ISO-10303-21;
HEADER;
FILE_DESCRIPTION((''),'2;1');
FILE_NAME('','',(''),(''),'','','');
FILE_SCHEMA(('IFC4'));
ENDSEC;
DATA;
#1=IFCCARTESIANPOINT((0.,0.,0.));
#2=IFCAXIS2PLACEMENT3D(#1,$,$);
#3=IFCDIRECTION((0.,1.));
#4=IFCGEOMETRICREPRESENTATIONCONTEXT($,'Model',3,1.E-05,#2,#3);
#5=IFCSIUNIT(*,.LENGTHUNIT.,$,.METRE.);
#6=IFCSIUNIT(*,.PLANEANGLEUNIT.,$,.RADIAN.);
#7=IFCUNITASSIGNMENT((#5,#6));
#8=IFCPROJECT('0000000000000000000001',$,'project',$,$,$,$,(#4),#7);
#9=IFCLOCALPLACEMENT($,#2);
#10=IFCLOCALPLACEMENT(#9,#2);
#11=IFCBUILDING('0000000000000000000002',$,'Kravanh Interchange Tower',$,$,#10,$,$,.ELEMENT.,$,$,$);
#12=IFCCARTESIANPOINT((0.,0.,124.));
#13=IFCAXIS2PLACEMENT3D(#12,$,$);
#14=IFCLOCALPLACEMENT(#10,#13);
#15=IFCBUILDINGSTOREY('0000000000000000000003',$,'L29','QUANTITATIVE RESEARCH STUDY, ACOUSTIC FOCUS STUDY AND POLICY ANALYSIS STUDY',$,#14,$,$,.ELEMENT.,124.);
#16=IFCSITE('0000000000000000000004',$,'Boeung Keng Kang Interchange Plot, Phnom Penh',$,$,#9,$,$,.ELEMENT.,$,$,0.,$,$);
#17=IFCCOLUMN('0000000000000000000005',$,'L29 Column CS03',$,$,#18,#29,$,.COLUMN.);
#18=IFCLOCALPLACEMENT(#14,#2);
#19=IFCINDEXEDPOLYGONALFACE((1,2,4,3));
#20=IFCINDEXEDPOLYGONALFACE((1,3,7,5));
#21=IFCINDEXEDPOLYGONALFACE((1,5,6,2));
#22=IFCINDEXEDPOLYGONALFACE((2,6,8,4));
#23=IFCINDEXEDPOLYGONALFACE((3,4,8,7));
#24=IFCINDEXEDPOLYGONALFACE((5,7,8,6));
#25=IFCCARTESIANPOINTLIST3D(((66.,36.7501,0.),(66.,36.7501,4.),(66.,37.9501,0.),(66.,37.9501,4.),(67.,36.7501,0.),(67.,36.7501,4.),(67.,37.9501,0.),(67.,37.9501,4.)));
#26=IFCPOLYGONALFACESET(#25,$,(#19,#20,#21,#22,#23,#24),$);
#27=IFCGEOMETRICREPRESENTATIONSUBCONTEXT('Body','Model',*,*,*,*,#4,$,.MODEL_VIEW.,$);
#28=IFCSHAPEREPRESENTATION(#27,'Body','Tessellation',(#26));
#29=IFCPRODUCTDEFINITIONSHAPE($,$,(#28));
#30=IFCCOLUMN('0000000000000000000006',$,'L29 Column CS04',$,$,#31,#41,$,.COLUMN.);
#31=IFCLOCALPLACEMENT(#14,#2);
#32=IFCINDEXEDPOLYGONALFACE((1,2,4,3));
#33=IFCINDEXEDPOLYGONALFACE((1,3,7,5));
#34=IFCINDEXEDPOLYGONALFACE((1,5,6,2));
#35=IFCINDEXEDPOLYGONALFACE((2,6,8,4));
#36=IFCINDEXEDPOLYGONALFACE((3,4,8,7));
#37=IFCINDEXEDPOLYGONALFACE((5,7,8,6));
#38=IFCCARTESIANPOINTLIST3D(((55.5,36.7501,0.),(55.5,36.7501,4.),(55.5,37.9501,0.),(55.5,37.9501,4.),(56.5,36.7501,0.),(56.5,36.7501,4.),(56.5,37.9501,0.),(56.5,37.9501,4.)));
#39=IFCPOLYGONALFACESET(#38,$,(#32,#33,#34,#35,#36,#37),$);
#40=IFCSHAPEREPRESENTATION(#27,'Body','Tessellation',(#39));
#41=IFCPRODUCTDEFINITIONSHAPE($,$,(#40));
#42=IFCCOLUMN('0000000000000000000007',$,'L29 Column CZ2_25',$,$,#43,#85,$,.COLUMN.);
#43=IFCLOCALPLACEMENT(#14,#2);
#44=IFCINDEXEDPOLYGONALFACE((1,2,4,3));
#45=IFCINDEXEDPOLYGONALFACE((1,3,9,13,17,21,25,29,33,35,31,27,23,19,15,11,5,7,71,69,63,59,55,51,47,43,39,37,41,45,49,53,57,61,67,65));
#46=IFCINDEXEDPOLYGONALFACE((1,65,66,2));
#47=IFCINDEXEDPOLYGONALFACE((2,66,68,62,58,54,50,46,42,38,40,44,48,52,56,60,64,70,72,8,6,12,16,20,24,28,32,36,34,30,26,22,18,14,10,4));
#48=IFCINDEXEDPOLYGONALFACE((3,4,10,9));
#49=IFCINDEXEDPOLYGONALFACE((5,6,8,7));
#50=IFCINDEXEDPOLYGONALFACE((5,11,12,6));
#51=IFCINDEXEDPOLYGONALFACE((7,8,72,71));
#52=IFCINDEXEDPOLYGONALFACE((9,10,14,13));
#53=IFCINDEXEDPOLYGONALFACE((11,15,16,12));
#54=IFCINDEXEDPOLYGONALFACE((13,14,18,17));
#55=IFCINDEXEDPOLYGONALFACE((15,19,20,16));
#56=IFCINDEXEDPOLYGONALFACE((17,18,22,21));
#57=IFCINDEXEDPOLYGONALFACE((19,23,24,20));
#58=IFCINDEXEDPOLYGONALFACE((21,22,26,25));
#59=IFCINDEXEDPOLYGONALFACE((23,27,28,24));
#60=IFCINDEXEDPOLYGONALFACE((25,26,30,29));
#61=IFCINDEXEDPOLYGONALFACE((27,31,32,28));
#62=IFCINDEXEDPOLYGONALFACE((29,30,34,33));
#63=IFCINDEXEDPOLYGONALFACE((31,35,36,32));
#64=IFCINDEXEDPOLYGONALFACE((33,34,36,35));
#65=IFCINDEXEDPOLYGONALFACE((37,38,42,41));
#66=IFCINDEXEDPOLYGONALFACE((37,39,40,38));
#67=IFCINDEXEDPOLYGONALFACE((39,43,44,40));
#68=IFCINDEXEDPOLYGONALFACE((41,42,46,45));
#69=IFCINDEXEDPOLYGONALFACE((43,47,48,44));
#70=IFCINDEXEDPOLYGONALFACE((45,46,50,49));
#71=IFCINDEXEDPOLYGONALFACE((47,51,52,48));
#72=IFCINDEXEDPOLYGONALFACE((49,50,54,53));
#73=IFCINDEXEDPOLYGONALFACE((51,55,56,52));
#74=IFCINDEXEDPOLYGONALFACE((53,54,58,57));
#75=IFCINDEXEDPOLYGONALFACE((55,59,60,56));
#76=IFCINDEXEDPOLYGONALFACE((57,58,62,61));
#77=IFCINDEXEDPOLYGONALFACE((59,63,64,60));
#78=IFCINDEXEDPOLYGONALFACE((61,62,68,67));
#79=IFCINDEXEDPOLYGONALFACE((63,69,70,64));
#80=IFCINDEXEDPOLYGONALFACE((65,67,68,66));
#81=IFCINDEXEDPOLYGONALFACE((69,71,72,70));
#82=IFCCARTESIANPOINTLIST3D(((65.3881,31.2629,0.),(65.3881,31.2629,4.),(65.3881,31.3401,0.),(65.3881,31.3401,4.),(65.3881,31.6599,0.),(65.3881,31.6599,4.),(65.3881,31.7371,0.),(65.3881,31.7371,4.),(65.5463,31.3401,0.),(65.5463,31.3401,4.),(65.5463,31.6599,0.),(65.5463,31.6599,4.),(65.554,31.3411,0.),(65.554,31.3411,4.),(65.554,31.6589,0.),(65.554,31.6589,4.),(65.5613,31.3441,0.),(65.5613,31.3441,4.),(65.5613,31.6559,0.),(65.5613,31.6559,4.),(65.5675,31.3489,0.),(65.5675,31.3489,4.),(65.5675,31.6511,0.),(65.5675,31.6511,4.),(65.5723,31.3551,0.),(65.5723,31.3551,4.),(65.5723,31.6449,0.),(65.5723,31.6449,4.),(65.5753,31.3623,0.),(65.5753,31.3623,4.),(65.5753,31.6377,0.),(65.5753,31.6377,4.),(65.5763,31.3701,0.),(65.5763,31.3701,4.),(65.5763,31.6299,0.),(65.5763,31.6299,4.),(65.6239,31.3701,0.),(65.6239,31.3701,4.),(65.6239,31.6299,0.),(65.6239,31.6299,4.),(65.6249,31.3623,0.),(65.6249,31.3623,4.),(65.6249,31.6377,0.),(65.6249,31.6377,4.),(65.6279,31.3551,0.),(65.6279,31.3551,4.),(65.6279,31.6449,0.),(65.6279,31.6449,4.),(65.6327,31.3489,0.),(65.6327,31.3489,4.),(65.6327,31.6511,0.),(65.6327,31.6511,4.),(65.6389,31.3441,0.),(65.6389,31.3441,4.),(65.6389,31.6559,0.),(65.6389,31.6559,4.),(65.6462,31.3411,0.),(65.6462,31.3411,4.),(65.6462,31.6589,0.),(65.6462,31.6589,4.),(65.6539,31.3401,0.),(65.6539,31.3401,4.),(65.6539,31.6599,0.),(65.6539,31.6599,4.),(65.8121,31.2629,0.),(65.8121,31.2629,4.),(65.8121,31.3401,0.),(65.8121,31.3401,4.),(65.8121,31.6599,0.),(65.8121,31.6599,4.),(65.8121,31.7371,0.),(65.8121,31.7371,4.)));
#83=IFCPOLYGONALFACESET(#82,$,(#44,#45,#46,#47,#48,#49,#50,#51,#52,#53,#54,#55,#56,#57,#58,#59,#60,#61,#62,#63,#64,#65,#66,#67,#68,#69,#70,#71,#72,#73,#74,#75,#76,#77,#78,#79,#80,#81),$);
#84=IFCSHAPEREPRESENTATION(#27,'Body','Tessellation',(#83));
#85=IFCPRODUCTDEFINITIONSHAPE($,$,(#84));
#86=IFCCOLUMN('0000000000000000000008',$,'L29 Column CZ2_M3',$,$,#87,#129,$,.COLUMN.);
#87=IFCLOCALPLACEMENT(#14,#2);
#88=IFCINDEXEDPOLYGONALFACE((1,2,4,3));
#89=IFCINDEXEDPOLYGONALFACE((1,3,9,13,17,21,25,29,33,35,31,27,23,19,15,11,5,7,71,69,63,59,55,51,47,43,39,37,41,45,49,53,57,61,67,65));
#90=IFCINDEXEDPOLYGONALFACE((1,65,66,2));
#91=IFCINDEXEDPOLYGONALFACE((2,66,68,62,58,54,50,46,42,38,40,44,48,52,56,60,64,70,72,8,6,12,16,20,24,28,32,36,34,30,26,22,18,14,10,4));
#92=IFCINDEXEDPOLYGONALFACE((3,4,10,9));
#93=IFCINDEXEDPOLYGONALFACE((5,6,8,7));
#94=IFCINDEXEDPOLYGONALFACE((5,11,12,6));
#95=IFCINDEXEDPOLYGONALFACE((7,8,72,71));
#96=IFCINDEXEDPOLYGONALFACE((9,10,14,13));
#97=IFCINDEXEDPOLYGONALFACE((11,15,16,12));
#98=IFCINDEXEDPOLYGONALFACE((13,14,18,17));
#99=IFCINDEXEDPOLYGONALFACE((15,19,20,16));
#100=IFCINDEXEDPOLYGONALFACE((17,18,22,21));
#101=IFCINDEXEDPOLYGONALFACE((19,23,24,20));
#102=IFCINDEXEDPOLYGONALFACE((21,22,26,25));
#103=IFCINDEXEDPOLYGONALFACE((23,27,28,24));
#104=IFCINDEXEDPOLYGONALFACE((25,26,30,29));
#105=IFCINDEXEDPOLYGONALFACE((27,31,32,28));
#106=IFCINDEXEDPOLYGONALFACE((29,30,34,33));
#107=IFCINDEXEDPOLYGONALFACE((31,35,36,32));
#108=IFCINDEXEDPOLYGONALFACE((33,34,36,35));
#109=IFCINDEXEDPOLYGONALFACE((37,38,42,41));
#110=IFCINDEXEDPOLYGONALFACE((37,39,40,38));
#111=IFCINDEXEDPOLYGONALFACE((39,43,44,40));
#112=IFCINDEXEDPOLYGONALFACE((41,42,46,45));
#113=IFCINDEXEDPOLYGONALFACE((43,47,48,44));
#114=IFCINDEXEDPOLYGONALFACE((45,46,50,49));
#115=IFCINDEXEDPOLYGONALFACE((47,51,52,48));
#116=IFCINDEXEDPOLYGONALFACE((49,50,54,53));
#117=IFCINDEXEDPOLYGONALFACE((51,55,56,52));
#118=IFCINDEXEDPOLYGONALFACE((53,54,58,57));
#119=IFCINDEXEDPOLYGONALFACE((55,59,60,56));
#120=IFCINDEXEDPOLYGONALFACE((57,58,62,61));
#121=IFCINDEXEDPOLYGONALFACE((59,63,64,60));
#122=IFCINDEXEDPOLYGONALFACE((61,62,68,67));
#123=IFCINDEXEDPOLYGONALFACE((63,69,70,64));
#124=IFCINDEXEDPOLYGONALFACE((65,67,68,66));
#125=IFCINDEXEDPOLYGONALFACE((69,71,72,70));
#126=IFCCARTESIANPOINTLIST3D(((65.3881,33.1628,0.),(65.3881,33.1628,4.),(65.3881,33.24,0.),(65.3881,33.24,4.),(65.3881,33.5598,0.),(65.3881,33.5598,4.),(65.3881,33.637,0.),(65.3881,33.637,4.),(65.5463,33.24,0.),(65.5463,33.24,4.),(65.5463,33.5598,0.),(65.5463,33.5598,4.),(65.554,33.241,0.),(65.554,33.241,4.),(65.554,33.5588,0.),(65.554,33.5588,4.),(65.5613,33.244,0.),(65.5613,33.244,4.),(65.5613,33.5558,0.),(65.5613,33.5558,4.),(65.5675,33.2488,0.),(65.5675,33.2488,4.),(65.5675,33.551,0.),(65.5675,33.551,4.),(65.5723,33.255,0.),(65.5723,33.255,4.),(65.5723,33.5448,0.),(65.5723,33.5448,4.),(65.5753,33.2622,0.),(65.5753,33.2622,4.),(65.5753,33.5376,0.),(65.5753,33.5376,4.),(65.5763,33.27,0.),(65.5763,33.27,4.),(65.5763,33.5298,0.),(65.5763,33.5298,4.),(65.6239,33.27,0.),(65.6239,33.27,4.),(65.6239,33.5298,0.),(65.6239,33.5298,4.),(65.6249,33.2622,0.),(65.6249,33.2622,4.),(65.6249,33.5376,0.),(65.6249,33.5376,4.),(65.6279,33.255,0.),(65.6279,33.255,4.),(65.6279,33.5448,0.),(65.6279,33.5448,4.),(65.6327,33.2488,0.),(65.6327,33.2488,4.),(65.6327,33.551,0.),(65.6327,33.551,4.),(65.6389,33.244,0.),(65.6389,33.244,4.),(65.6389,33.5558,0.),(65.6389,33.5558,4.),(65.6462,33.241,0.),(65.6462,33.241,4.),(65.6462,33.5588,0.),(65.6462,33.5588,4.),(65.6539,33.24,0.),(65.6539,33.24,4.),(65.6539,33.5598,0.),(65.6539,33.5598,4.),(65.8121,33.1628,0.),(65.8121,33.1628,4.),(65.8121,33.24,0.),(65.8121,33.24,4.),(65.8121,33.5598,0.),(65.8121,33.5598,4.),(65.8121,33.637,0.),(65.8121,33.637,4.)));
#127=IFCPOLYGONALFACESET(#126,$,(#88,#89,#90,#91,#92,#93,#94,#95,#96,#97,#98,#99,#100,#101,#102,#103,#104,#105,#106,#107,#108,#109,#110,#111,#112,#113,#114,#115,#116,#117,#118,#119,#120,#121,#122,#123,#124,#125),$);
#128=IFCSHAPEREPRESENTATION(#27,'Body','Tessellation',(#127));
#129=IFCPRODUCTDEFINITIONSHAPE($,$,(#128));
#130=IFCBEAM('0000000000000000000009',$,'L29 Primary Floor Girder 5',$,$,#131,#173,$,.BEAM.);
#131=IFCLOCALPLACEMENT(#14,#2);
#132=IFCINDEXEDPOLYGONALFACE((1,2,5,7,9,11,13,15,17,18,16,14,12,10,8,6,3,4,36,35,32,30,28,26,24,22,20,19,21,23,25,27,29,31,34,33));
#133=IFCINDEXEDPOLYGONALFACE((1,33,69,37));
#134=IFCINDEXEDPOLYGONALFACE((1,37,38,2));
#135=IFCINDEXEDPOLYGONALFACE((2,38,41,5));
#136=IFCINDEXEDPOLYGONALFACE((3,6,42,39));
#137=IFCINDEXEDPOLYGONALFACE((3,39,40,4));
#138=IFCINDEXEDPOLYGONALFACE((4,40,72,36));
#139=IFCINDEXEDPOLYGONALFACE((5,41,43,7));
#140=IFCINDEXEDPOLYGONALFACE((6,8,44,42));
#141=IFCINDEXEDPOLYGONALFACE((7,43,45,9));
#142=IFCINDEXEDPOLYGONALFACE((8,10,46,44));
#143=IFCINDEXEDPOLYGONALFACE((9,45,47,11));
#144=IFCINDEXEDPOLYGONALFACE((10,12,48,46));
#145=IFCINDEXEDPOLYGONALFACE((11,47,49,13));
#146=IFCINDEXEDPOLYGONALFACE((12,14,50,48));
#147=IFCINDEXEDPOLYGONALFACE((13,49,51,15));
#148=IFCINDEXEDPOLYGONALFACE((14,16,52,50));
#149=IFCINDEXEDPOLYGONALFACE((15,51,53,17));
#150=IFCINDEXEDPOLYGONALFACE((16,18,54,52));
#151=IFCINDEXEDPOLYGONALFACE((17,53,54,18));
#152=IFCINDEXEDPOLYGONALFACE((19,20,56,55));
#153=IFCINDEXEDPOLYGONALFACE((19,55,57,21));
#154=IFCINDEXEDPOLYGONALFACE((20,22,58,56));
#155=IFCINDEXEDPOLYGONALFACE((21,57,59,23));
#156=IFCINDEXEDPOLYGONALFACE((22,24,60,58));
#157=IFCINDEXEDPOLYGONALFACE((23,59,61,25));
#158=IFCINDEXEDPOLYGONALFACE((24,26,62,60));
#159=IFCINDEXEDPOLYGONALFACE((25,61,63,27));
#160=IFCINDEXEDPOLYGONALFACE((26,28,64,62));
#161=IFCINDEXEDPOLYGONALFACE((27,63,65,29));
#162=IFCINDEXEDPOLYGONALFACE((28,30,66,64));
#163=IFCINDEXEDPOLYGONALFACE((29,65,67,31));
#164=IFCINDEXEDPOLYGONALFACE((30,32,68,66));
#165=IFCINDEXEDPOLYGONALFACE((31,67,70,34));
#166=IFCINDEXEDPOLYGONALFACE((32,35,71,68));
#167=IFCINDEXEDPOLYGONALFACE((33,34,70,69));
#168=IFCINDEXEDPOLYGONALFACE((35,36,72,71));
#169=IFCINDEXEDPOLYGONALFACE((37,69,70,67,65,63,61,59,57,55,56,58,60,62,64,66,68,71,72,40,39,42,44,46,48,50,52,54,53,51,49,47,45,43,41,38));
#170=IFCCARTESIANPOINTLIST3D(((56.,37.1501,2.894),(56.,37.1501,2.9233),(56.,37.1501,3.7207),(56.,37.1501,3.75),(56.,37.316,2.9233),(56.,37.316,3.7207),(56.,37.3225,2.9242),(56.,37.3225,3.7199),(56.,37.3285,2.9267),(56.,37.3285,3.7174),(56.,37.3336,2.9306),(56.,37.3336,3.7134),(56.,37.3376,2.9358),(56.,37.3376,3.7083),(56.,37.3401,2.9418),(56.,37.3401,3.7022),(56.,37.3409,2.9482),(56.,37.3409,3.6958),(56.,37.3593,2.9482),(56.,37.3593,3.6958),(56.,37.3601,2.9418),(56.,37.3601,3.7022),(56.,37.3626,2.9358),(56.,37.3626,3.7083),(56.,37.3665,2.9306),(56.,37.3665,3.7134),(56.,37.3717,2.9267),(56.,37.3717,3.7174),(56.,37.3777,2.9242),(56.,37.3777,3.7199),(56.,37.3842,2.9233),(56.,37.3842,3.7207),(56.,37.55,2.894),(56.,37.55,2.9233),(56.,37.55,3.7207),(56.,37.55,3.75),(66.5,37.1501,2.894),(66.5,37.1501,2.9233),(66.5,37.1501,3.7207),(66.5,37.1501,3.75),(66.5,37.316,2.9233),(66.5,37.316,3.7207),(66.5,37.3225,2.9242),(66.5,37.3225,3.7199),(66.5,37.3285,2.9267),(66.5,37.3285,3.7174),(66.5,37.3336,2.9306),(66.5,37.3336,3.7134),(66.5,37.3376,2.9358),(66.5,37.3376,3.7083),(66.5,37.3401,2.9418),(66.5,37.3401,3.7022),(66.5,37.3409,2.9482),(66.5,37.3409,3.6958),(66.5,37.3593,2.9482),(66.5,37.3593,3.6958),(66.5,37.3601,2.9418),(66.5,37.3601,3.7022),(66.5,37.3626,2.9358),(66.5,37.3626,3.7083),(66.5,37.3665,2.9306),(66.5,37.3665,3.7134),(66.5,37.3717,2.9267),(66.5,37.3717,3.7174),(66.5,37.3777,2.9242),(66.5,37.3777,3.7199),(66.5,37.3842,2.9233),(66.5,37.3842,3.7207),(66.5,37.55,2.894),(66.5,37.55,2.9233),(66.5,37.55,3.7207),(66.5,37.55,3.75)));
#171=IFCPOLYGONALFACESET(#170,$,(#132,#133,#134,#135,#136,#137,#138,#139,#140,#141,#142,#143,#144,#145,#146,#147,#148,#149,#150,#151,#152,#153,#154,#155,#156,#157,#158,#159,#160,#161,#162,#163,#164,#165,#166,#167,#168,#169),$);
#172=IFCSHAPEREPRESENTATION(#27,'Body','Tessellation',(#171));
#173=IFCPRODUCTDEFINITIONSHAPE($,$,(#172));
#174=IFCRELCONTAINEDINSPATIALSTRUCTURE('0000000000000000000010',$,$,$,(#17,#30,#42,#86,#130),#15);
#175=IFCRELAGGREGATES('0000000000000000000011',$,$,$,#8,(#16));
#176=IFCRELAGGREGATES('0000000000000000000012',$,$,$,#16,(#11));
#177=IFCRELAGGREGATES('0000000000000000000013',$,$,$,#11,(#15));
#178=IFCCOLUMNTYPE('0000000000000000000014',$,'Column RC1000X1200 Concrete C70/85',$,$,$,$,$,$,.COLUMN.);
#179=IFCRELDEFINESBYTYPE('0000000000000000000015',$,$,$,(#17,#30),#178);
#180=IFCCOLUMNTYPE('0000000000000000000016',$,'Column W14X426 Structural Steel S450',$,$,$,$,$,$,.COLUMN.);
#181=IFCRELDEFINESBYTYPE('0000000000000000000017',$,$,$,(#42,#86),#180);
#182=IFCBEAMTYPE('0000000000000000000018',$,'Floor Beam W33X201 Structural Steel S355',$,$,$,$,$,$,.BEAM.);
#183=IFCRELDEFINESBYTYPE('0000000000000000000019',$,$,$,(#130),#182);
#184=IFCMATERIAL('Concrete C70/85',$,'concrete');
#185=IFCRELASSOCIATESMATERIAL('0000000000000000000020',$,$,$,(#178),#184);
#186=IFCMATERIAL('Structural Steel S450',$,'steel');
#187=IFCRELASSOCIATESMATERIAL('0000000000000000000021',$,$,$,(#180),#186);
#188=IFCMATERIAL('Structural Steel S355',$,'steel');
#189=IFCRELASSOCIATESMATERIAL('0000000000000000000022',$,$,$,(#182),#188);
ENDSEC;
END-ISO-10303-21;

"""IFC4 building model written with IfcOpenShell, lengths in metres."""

from ifc_helpers import new_model, si_unit, direction, frame, origin, origin_2d, place, context, subcontext, project, spatial, rectangle, i_section, extrude, material, material_profile, profile_set, type_object, element, save


model = new_model("IFC4")

# Units and contexts
model_context = context("Model", 3, precision=1e-05, world=origin(), true_north=direction((0.0, 1.0)))
body_context = subcontext(model_context, "Body", "Model", "MODEL_VIEW")
ifc_project = project(units=[si_unit("LENGTHUNIT", "METRE"), si_unit("PLANEANGLEUNIT", "RADIAN")], contexts=[model_context])

# Site, building, storey
site_placement = place(None, origin())
site = spatial("IfcSite", under=ifc_project, at=site_placement, Name="Boeung Keng Kang Interchange Plot, Phnom Penh", CompositionType="ELEMENT", RefElevation=0.0)
building_placement = place(site_placement, origin())
building = spatial("IfcBuilding", under=site, at=building_placement, Name="Kravanh Interchange Tower", CompositionType="ELEMENT")
storey_placement = place(building_placement, frame((0.0, 0.0, 124.0)))
storey = spatial("IfcBuildingStorey", under=building, at=storey_placement, Name="L29", Description="QUANTITATIVE RESEARCH STUDY, ACOUSTIC FOCUS STUDY AND POLICY ANALYSIS STUDY", CompositionType="ELEMENT", Elevation=124.0)

# Columns
ifc_material_1 = material(Name="Concrete C70/85", Category="concrete")
ifc_material_profile_1 = material_profile(ifc_material_1, rectangle(XDim=1.0, YDim=1.2, at=origin_2d()), Name="RC1000X1200")
ifc_profile_set_1 = profile_set([ifc_material_profile_1], Name="Concrete C70/85")
column_type_1 = type_object("IfcColumnType", Name="Column RC1000X1200 Concrete C70/85", PredefinedType="COLUMN", material=ifc_profile_set_1)
for number, where, z_axis, x_axis, name in (
    (1, (66.5, 37.3501, 0.0), (0.0, 0.0, 1.0), (1.0, 0.0, 0.0), "L29 Column CS03"),
    (2, (56.0, 37.3501, 0.0), (0.0, 0.0, 1.0), (1.0, 0.0, 0.0), "L29 Column CS04"),
):
    element("IfcColumn", number, at=place(storey_placement, frame(where, z_axis=z_axis, x_axis=x_axis)), inside=storey, type_object=column_type_1, Name=name, PredefinedType="COLUMN", context=body_context, shape_type="SweptSolid", body=[
        extrude(rectangle(XDim=1.0, YDim=1.2, at=origin_2d()), origin(), (0.0, 0.0, 1.0), 4.0),
    ])
ifc_material_2 = material(Name="Structural Steel S450", Category="steel")
ifc_material_profile_2 = material_profile(ifc_material_2, i_section(OverallWidth=0.4241, OverallDepth=0.4741, WebThickness=0.0476, FlangeThickness=0.0771, FilletRadius=0.03, at=origin_2d()), Name="W14X426")
ifc_profile_set_2 = profile_set([ifc_material_profile_2], Name="Structural Steel S450")
column_type_2 = type_object("IfcColumnType", Name="Column W14X426 Structural Steel S450", PredefinedType="COLUMN", material=ifc_profile_set_2)
for number, where, z_axis, x_axis, name in (
    (3, (65.6001, 31.5, 0.0), (0.0, 0.0, 1.0), (1.0, 0.0, 0.0), "L29 Column CZ2_25"),
    (4, (65.6001, 33.3999, 0.0), (0.0, 0.0, 1.0), (1.0, 0.0, 0.0), "L29 Column CZ2_M3"),
):
    element("IfcColumn", number, at=place(storey_placement, frame(where, z_axis=z_axis, x_axis=x_axis)), inside=storey, type_object=column_type_2, Name=name, PredefinedType="COLUMN", context=body_context, shape_type="SweptSolid", body=[
        extrude(i_section(OverallWidth=0.4241, OverallDepth=0.4741, WebThickness=0.0476, FlangeThickness=0.0771, FilletRadius=0.03, at=origin_2d()), origin(), (0.0, 0.0, 1.0), 4.0),
    ])

# Beam
ifc_material_3 = material(Name="Structural Steel S355", Category="steel")
ifc_material_profile_3 = material_profile(ifc_material_3, i_section(OverallWidth=0.3999, OverallDepth=0.856, WebThickness=0.0183, FlangeThickness=0.0293, FilletRadius=0.0249, at=origin_2d()), Name="W33X201")
ifc_profile_set_3 = profile_set([ifc_material_profile_3], Name="Structural Steel S355")
beam_type_1 = type_object("IfcBeamType", Name="Floor Beam W33X201 Structural Steel S355", PredefinedType="BEAM", material=ifc_profile_set_3)
beam_1_placement = place(storey_placement, frame((66.5, 37.3501, 3.322), z_axis=(-1.0, 0.0, 0.0), x_axis=(0.0, -1.0, 0.0)))
element("IfcBeam", 5, at=beam_1_placement, inside=storey, type_object=beam_type_1, Name="L29 Primary Floor Girder 5", PredefinedType="BEAM", context=body_context, shape_type="SweptSolid", body=[
    extrude(i_section(OverallWidth=0.3999, OverallDepth=0.856, WebThickness=0.0183, FlangeThickness=0.0293, FilletRadius=0.0249, at=origin_2d()), origin(), (0.0, 0.0, 1.0), 10.5),
])

save(model, "model.ifc")
